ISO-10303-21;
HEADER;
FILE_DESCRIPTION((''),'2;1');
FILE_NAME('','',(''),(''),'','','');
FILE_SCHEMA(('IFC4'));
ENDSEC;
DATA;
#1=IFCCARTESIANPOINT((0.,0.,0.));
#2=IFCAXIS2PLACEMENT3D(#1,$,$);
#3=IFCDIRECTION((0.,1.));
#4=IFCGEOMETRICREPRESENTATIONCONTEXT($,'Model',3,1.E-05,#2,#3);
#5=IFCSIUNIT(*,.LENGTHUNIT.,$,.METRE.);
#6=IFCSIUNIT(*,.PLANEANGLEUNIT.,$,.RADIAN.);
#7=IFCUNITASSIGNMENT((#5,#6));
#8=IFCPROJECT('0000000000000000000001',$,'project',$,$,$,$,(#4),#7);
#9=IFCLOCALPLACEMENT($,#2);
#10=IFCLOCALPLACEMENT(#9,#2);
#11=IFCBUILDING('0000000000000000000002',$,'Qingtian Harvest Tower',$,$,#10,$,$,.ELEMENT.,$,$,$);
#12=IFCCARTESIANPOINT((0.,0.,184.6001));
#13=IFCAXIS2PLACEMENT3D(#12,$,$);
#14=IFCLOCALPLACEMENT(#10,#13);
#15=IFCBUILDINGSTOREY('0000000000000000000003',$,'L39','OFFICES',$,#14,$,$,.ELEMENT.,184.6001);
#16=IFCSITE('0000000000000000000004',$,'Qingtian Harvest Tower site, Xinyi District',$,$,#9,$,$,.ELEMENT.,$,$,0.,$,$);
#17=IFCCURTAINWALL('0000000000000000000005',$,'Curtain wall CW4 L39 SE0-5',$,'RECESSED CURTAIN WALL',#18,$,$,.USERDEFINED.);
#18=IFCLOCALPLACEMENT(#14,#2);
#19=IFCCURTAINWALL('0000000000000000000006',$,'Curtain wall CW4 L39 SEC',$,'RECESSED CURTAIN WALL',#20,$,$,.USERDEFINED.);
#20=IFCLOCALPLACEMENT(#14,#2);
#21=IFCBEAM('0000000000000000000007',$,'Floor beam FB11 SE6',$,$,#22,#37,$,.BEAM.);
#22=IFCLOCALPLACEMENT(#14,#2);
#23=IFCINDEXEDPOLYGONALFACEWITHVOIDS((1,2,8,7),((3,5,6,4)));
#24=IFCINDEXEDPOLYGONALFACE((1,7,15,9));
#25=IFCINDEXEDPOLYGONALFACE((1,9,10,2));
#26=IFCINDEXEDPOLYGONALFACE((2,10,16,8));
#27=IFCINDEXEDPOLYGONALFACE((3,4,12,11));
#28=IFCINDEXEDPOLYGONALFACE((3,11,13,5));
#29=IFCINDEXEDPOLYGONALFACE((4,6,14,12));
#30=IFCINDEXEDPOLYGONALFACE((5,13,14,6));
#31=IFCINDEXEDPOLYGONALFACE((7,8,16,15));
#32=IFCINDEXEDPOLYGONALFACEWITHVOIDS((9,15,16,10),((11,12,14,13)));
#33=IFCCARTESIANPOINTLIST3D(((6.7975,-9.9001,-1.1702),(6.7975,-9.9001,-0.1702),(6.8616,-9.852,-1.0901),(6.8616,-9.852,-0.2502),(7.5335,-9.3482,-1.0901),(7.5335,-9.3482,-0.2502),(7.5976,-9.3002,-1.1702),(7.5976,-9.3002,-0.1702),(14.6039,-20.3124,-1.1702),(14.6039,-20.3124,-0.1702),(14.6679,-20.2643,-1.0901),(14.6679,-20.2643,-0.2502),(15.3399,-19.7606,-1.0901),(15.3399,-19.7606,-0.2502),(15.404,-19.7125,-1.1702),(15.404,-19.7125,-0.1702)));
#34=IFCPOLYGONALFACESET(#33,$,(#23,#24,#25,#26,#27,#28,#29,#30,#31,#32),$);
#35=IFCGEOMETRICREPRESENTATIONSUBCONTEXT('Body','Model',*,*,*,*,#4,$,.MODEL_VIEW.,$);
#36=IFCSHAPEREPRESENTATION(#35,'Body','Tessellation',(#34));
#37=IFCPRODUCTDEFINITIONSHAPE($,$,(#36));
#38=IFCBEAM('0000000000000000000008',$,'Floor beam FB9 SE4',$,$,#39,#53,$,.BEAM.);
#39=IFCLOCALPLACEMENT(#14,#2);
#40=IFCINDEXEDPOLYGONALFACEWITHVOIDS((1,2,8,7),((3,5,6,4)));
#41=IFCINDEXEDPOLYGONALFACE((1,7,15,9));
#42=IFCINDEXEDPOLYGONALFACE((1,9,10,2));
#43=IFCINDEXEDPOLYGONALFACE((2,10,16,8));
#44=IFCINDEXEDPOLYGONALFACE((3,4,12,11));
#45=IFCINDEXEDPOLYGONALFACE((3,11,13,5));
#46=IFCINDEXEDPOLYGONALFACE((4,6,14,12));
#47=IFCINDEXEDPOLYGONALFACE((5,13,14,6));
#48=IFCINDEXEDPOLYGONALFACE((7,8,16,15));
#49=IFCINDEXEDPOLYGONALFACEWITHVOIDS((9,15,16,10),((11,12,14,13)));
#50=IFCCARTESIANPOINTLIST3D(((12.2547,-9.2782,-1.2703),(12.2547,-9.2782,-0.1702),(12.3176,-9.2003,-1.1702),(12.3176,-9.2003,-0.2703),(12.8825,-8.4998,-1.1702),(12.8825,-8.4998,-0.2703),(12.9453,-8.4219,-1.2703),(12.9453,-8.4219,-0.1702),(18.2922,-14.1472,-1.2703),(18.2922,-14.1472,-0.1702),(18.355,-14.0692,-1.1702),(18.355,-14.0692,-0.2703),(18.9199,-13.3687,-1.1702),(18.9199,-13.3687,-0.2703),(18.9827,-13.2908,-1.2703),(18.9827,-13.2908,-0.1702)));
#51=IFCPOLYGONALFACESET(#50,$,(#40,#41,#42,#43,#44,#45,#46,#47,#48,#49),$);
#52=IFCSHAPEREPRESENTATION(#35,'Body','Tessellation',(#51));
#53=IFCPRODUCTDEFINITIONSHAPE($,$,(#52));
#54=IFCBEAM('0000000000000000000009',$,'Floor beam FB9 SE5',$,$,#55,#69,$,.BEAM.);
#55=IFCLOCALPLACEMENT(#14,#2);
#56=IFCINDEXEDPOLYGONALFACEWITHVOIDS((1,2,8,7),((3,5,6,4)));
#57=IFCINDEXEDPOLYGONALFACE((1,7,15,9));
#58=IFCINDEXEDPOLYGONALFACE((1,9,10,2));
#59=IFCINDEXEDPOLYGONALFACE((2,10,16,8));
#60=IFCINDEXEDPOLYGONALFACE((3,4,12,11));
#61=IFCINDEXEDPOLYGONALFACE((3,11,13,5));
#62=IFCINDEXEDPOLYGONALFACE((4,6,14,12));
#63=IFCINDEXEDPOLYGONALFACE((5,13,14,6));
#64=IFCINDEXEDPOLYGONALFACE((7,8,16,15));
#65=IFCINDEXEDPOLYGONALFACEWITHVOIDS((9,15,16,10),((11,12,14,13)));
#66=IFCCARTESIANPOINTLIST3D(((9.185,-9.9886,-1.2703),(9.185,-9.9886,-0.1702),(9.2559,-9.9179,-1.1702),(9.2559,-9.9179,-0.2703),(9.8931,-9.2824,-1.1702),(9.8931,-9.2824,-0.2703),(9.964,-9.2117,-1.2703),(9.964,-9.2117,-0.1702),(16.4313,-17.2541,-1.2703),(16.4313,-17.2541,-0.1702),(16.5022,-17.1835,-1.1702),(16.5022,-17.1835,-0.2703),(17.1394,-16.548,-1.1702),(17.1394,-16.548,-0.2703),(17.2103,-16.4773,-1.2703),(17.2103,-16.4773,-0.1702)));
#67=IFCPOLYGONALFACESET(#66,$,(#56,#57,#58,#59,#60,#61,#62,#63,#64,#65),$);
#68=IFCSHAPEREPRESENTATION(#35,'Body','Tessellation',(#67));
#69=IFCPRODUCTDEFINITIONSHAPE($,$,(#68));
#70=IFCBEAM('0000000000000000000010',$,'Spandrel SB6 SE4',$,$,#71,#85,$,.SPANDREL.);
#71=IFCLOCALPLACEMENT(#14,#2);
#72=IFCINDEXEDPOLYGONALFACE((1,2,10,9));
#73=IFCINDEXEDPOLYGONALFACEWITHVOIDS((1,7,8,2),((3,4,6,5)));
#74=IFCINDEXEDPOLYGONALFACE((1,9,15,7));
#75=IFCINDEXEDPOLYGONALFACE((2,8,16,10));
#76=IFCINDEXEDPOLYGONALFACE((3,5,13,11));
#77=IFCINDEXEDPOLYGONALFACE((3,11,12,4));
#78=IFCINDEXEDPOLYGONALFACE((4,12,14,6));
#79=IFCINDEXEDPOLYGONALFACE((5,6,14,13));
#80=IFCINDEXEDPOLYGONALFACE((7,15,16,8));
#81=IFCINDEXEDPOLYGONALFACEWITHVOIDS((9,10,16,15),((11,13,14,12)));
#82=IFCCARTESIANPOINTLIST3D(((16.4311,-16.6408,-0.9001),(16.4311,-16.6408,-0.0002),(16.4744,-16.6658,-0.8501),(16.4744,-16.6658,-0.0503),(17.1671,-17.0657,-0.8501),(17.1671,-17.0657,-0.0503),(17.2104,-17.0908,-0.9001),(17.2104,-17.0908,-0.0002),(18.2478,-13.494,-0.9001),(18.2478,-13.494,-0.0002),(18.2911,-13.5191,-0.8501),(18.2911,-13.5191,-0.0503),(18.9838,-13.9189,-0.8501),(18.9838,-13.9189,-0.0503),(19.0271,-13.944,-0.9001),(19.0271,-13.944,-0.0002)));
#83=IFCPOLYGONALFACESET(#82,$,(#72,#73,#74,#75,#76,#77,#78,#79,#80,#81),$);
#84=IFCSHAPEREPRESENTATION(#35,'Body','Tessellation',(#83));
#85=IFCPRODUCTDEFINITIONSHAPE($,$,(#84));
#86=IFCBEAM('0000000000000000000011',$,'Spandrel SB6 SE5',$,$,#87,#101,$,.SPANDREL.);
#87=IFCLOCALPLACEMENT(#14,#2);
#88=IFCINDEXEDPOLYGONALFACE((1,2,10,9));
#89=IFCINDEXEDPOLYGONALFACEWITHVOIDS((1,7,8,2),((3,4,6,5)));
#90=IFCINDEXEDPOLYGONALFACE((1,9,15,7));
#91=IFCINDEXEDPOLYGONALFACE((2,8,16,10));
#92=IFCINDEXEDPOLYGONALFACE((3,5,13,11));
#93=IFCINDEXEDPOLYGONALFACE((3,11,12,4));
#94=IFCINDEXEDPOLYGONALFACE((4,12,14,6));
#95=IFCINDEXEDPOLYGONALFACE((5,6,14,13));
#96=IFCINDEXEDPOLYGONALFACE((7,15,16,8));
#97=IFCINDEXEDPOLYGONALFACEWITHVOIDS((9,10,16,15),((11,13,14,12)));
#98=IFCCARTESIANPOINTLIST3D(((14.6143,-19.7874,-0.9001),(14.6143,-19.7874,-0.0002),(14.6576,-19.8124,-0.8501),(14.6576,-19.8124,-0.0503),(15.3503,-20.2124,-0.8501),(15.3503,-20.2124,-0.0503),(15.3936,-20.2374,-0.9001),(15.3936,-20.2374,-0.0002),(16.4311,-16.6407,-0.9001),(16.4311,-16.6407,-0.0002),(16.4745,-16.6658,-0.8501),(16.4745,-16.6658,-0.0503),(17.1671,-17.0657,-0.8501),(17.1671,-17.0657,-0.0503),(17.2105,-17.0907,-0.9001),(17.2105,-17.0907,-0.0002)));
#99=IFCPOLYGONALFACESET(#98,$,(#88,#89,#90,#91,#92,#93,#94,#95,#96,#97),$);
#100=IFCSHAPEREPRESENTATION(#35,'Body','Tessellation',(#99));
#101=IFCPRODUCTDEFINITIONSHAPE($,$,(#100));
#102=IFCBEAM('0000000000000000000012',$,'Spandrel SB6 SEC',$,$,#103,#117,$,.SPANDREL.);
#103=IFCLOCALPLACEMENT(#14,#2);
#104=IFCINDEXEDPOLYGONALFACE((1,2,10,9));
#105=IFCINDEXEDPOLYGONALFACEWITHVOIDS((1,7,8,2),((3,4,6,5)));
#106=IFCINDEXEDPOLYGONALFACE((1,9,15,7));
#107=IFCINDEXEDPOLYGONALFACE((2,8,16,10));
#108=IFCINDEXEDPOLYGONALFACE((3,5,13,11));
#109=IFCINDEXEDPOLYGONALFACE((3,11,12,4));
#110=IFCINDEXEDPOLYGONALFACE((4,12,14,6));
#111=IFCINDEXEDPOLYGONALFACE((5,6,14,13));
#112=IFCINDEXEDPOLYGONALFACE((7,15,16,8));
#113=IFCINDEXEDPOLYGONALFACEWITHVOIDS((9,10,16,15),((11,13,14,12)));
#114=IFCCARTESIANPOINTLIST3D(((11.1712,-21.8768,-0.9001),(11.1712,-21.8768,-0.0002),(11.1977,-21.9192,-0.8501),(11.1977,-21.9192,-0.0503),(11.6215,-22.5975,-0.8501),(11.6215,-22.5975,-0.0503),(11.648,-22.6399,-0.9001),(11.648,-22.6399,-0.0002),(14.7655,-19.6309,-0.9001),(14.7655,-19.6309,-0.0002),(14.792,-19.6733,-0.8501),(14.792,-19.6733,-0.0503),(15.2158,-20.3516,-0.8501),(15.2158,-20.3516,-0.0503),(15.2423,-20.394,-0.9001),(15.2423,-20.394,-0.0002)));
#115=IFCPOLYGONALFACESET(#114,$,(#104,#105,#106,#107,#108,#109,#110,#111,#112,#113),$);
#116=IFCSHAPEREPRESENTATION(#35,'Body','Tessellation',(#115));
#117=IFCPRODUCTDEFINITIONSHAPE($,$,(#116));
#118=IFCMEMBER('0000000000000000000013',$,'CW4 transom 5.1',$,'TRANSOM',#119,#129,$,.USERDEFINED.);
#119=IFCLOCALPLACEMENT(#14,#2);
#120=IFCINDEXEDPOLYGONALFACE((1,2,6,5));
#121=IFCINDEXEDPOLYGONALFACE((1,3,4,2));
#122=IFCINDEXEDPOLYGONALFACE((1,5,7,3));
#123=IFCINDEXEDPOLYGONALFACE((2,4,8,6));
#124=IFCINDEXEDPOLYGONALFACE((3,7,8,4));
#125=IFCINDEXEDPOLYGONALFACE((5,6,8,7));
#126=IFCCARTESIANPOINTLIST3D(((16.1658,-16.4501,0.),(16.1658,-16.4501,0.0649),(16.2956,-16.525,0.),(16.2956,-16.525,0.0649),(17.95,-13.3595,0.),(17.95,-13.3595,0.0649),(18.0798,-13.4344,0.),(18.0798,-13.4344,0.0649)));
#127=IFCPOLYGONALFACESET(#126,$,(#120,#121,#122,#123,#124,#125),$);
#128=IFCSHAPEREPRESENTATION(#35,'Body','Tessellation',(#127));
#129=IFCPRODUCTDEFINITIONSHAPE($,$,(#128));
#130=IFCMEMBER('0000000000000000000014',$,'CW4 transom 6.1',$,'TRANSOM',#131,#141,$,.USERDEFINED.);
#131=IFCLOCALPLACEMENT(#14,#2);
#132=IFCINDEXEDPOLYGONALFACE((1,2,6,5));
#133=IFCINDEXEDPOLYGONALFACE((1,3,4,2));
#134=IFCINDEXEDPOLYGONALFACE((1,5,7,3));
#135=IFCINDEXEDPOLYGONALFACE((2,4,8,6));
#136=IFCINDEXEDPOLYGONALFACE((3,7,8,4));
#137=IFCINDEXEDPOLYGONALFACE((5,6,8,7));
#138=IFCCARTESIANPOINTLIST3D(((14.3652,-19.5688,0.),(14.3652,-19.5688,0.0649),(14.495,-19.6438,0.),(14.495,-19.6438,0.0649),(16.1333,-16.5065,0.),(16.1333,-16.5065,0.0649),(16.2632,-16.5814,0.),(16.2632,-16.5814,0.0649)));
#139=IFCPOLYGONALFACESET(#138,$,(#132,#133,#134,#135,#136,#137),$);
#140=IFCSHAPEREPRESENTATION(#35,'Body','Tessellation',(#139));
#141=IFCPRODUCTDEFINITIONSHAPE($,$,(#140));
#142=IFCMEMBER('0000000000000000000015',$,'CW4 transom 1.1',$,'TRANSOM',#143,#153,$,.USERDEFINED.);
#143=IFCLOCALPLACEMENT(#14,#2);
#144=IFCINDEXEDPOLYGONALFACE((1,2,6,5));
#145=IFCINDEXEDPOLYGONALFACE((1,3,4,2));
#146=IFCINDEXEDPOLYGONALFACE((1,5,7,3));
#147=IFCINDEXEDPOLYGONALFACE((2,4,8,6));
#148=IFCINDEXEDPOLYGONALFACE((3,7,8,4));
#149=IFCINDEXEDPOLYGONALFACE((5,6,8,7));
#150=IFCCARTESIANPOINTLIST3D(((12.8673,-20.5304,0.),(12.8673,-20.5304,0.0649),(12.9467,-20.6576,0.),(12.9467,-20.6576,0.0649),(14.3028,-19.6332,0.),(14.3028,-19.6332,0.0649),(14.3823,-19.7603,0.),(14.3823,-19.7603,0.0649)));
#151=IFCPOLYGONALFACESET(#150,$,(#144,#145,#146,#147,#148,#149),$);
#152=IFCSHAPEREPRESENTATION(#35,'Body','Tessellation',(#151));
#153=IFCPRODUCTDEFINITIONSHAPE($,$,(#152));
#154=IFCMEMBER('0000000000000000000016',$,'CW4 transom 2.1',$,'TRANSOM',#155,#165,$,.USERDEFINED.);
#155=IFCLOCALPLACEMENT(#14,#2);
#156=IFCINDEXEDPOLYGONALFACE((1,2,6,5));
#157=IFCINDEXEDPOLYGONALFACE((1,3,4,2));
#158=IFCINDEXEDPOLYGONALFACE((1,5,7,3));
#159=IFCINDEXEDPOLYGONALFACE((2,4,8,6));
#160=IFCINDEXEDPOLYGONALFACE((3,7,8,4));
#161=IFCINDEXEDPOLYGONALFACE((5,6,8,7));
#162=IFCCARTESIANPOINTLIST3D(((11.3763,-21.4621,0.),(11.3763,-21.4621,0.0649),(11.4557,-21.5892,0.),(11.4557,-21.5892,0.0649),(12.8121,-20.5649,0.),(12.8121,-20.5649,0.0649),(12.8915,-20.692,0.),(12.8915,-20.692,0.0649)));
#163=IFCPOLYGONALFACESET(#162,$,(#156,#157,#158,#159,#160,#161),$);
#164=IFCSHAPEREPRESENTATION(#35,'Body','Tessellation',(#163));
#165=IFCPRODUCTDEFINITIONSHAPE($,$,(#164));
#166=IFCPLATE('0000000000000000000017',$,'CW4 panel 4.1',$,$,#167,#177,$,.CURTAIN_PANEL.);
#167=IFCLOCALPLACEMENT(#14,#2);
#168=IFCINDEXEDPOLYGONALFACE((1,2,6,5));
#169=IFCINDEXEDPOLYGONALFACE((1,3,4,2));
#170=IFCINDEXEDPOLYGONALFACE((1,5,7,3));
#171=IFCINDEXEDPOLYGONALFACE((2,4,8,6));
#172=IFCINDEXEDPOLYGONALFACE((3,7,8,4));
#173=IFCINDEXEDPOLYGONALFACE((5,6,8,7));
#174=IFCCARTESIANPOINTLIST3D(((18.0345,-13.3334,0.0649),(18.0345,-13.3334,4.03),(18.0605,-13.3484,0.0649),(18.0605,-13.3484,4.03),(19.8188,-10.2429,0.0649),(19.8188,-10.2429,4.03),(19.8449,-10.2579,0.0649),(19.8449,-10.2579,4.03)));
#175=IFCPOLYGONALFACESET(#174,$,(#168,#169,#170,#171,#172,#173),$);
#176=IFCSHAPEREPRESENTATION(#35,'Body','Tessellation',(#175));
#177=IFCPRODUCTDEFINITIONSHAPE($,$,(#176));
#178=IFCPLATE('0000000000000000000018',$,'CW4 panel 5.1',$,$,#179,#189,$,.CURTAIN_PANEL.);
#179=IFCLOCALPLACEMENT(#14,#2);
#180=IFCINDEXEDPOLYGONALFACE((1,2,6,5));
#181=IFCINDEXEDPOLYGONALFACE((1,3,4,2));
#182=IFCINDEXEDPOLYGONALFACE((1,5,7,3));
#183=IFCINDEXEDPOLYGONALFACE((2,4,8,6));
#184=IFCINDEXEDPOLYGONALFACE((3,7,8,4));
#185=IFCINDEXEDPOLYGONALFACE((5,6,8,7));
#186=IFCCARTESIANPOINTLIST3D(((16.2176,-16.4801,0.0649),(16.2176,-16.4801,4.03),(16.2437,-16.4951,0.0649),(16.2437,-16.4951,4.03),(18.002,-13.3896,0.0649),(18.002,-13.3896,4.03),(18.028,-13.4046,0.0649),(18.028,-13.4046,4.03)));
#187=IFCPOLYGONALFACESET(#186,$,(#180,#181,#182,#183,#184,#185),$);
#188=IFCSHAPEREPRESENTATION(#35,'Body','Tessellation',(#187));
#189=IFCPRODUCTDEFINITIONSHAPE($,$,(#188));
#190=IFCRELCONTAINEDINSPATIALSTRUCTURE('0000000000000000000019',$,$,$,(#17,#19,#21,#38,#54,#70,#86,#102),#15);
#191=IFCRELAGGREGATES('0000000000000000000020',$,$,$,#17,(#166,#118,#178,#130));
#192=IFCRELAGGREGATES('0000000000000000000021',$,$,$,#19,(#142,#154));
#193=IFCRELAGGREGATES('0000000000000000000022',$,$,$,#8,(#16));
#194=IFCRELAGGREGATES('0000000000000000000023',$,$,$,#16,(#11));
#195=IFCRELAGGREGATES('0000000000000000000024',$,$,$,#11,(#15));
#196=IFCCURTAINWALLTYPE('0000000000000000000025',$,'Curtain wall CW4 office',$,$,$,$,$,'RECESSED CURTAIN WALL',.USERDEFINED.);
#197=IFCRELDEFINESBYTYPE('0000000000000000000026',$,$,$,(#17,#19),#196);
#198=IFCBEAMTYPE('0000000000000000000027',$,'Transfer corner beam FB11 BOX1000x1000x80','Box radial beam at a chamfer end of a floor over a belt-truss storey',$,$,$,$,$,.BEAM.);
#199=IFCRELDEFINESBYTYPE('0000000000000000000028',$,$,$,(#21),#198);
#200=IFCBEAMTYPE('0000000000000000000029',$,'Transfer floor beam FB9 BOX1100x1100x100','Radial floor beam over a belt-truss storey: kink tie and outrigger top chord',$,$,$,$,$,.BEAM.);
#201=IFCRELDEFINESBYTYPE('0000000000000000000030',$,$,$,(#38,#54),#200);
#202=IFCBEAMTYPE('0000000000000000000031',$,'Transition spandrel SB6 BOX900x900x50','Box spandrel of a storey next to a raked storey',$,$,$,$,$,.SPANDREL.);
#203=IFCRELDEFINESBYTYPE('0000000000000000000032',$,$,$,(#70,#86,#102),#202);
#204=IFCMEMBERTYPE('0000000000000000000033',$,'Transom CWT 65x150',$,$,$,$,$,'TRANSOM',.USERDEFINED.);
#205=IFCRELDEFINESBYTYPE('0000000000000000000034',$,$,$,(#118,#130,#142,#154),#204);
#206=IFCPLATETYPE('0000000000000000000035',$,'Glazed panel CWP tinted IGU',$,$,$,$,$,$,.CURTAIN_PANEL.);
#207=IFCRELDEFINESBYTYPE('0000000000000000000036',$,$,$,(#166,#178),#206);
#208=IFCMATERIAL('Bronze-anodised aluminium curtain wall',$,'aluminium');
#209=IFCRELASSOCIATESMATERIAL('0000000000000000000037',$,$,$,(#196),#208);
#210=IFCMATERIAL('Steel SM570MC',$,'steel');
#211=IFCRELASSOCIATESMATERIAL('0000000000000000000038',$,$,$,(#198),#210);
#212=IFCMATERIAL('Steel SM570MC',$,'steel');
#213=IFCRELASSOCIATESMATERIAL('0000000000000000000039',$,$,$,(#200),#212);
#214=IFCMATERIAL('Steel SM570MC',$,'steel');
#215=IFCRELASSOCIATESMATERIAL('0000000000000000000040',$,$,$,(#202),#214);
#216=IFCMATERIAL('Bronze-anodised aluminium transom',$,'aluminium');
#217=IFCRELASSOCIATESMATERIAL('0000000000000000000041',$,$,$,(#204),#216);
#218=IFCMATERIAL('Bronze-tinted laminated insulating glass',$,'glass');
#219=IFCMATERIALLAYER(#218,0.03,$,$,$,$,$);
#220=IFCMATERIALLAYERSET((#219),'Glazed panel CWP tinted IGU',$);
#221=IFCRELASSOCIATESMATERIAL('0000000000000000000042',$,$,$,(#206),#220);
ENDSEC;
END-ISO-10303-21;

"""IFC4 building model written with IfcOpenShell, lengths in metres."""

from ifc_helpers import new_model, si_unit, direction, frame, origin, origin_2d, place, context, subcontext, project, spatial, rectangle, hollow_rectangle, extrude, material, layer, layer_set, material_profile, profile_set, type_object, element, aggregate, save


model = new_model("IFC4")

# Units and contexts
model_context = context("Model", 3, precision=1e-05, world=origin(), true_north=direction((0.0, 1.0)))
body_context = subcontext(model_context, "Body", "Model", "MODEL_VIEW")
ifc_project = project(units=[si_unit("LENGTHUNIT", "METRE"), si_unit("PLANEANGLEUNIT", "RADIAN")], contexts=[model_context])

# Site, building, storey
site_placement = place(None, origin())
site = spatial("IfcSite", under=ifc_project, at=site_placement, Name="Qingtian Harvest Tower site, Xinyi District", CompositionType="ELEMENT", RefElevation=0.0)
building_placement = place(site_placement, origin())
building = spatial("IfcBuilding", under=site, at=building_placement, Name="Qingtian Harvest Tower", CompositionType="ELEMENT")
storey_placement = place(building_placement, frame((0.0, 0.0, 184.6001)))
storey = spatial("IfcBuildingStorey", under=building, at=storey_placement, Name="L39", Description="OFFICES", CompositionType="ELEMENT", Elevation=184.6001)

# Curtain walls
ifc_material_1 = material(Name="Bronze-anodised aluminium curtain wall", Category="aluminium")
curtain_wall_type = type_object("IfcCurtainWallType", Name="Curtain wall CW4 office", ElementType="RECESSED CURTAIN WALL", PredefinedType="USERDEFINED", material=ifc_material_1)
curtain_wall_1_placement = place(storey_placement, origin())
curtain_wall_1 = element("IfcCurtainWall", 1, at=curtain_wall_1_placement, inside=storey, type_object=curtain_wall_type, Name="Curtain wall CW4 L39 SE0-5", ObjectType="RECESSED CURTAIN WALL", PredefinedType="USERDEFINED")
curtain_wall_2_placement = place(storey_placement, origin())
curtain_wall_2 = element("IfcCurtainWall", 2, at=curtain_wall_2_placement, inside=storey, type_object=curtain_wall_type, Name="Curtain wall CW4 L39 SEC", ObjectType="RECESSED CURTAIN WALL", PredefinedType="USERDEFINED")

# Beams
ifc_material_2 = material(Name="Steel SM570MC", Category="steel")
ifc_material_profile_1 = material_profile(ifc_material_2, hollow_rectangle(XDim=1.0, YDim=1.0, WallThickness=0.0801, at=origin_2d()), Name="BOX1000x1000x80")
ifc_profile_set_1 = profile_set([ifc_material_profile_1], Name="Steel SM570MC")
beam_type_1 = type_object("IfcBeamType", Name="Transfer corner beam FB11 BOX1000x1000x80", Description="Box radial beam at a chamfer end of a floor over a belt-truss storey", PredefinedType="BEAM", material=ifc_profile_set_1)
beam_1_placement = place(storey_placement, frame((15.0039, -20.0125, -0.6702), z_axis=(-0.599859, 0.800106, 0.0), x_axis=(-0.800106, -0.599859, 0.0)))
element("IfcBeam", 3, at=beam_1_placement, inside=storey, type_object=beam_type_1, Name="Floor beam FB11 SE6", PredefinedType="BEAM", context=body_context, shape_type="SweptSolid", body=[
    extrude(hollow_rectangle(XDim=1.0, YDim=1.0, WallThickness=0.0801, at=origin_2d()), origin(), (0.0, 0.0, 1.0), 13.0137),
])
ifc_material_3 = material(Name="Steel SM570MC", Category="steel")
ifc_material_profile_2 = material_profile(ifc_material_3, hollow_rectangle(XDim=1.1001, YDim=1.1001, WallThickness=0.1001, at=origin_2d()), Name="BOX1100x1100x100")
ifc_profile_set_2 = profile_set([ifc_material_profile_2], Name="Steel SM570MC")
beam_type_2 = type_object("IfcBeamType", Name="Transfer floor beam FB9 BOX1100x1100x100", Description="Radial floor beam over a belt-truss storey: kink tie and outrigger top chord", PredefinedType="BEAM", material=ifc_profile_set_2)
beam_2_placement = place(storey_placement, frame((18.6375, -13.719, -0.7202), z_axis=(-0.778409, 0.627757, 0.0), x_axis=(-0.627757, -0.778409, 0.0)))
element("IfcBeam", 4, at=beam_2_placement, inside=storey, type_object=beam_type_2, Name="Floor beam FB9 SE4", PredefinedType="BEAM", context=body_context, shape_type="SweptSolid", body=[
    extrude(hollow_rectangle(XDim=1.1001, YDim=1.1001, WallThickness=0.1001, at=origin_2d()), origin(), (0.0, 0.0, 1.0), 7.7561),
])
beam_3_placement = place(storey_placement, frame((16.8208, -16.8657, -0.7202), z_axis=(-0.706166, 0.708046, 0.0), x_axis=(-0.708046, -0.706166, 0.0)))
element("IfcBeam", 5, at=beam_3_placement, inside=storey, type_object=beam_type_2, Name="Floor beam FB9 SE5", PredefinedType="BEAM", context=body_context, shape_type="SweptSolid", body=[
    extrude(hollow_rectangle(XDim=1.1001, YDim=1.1001, WallThickness=0.1001, at=origin_2d()), origin(), (0.0, 0.0, 1.0), 10.2615),
])
ifc_material_4 = material(Name="Steel SM570MC", Category="steel")
ifc_material_profile_3 = material_profile(ifc_material_4, hollow_rectangle(XDim=0.8999, YDim=0.8999, WallThickness=0.05, at=origin_2d()), Name="BOX900x900x50")
ifc_profile_set_3 = profile_set([ifc_material_profile_3], Name="Steel SM570MC")
beam_type_3 = type_object("IfcBeamType", Name="Transition spandrel SB6 BOX900x900x50", Description="Box spandrel of a storey next to a raked storey", PredefinedType="SPANDREL", material=ifc_profile_set_3)
for number, where, z_axis, x_axis, name in (
    (6, (18.6375, -13.719, -0.4502), (-0.499976, -0.866039, 0.0), (0.866039, -0.499976, 0.0), "Spandrel SB6 SE4"),
    (7, (16.8208, -16.8657, -0.4502), (-0.500027, -0.86601, 0.0), (0.86601, -0.500027, 0.0), "Spandrel SB6 SE5"),
):
    element("IfcBeam", number, at=place(storey_placement, frame(where, z_axis=z_axis, x_axis=x_axis)), inside=storey, type_object=beam_type_3, Name=name, PredefinedType="SPANDREL", context=body_context, shape_type="SweptSolid", body=[
        extrude(hollow_rectangle(XDim=0.8999, YDim=0.8999, WallThickness=0.05, at=origin_2d()), origin(), (0.0, 0.0, 1.0), 3.6335),
    ])
beam_4_placement = place(storey_placement, frame((15.0039, -20.0125, -0.4502), z_axis=(-0.848057, -0.529906, 0.0), x_axis=(0.529906, -0.848057, 0.0)))
element("IfcBeam", 8, at=beam_4_placement, inside=storey, type_object=beam_type_3, Name="Spandrel SB6 SEC", PredefinedType="SPANDREL", context=body_context, shape_type="SweptSolid", body=[
    extrude(hollow_rectangle(XDim=0.8999, YDim=0.8999, WallThickness=0.05, at=origin_2d()), origin(), (0.0, 0.0, 1.0), 4.2383),
])

# Members
ifc_material_5 = material(Name="Bronze-anodised aluminium transom", Category="aluminium")
ifc_material_profile_4 = material_profile(ifc_material_5, rectangle(XDim=0.1499, YDim=0.0649, at=origin_2d()), Name="AL 65x150")
ifc_profile_set_4 = profile_set([ifc_material_profile_4], Name="Bronze-anodised aluminium transom")
member_type_1 = type_object("IfcMemberType", Name="Transom CWT 65x150", ElementType="TRANSOM", PredefinedType="USERDEFINED", material=ifc_profile_set_4)
member_1_placement = place(storey_placement, frame((18.0149, -13.397, 0.0325), z_axis=(-0.499965, -0.866045, 0.0), x_axis=(0.866045, -0.499965, 0.0)))
member_1 = element("IfcMember", 9, at=member_1_placement, type_object=member_type_1, Name="CW4 transom 5.1", ObjectType="TRANSOM", PredefinedType="USERDEFINED", context=body_context, shape_type="SweptSolid", body=[
    extrude(rectangle(XDim=0.1499, YDim=0.0649, at=origin_2d()), origin(), (0.0, 0.0, 1.0), 3.5686),
])
member_2_placement = place(storey_placement, frame((16.1982, -16.5439, 0.0325), z_axis=(-0.500015, -0.866017, 0.0), x_axis=(0.866017, -0.500015, 0.0)))
member_2 = element("IfcMember", 10, at=member_2_placement, type_object=member_type_1, Name="CW4 transom 6.1", ObjectType="TRANSOM", PredefinedType="USERDEFINED", context=body_context, shape_type="SweptSolid", body=[
    extrude(rectangle(XDim=0.1499, YDim=0.0649, at=origin_2d()), origin(), (0.0, 0.0, 1.0), 3.5361),
])
member_3_placement = place(storey_placement, frame((14.3425, -19.6968, 0.0325), z_axis=(-0.847998, -0.529999, 0.0), x_axis=(0.529999, -0.847998, 0.0)))
member_3 = element("IfcMember", 11, at=member_3_placement, type_object=member_type_1, Name="CW4 transom 1.1", ObjectType="TRANSOM", PredefinedType="USERDEFINED", context=body_context, shape_type="SweptSolid", body=[
    extrude(rectangle(XDim=0.1499, YDim=0.0649, at=origin_2d()), origin(), (0.0, 0.0, 1.0), 1.6929),
])
member_4_placement = place(storey_placement, frame((12.8518, -20.6284, 0.0325), z_axis=(-0.848039, -0.529934, 0.0), x_axis=(0.529934, -0.848039, 0.0)))
member_4 = element("IfcMember", 12, at=member_4_placement, type_object=member_type_1, Name="CW4 transom 2.1", ObjectType="TRANSOM", PredefinedType="USERDEFINED", context=body_context, shape_type="SweptSolid", body=[
    extrude(rectangle(XDim=0.1499, YDim=0.0649, at=origin_2d()), origin(), (0.0, 0.0, 1.0), 1.6931),
])

# Plates
ifc_material_6 = material(Name="Bronze-tinted laminated insulating glass", Category="glass")
ifc_layer_1 = layer(ifc_material_6, 0.03)
ifc_layer_set_1 = layer_set([ifc_layer_1], Name="Glazed panel CWP tinted IGU")
plate_type = type_object("IfcPlateType", Name="Glazed panel CWP tinted IGU", PredefinedType="CURTAIN_PANEL", material=ifc_layer_set_1)
plate_1_placement = place(storey_placement, frame((18.9397, -11.7957, 0.0649), z_axis=(0.0, 0.0, 1.0), x_axis=(-0.5, -0.866025, 0.0)))
plate_1 = element("IfcPlate", 13, at=plate_1_placement, type_object=plate_type, Name="CW4 panel 4.1", PredefinedType="CURTAIN_PANEL", context=body_context, shape_type="SweptSolid", body=[
    extrude(rectangle(XDim=3.5686, YDim=0.03, at=origin_2d()), origin(), (0.0, 0.0, 1.0), 3.9651),
])
plate_2_placement = place(storey_placement, frame((17.1228, -14.9424, 0.0649), z_axis=(0.0, 0.0, 1.0), x_axis=(-0.5, -0.866025, 0.0)))
plate_2 = element("IfcPlate", 14, at=plate_2_placement, type_object=plate_type, Name="CW4 panel 5.1", PredefinedType="CURTAIN_PANEL", context=body_context, shape_type="SweptSolid", body=[
    extrude(rectangle(XDim=3.5686, YDim=0.03, at=origin_2d()), origin(), (0.0, 0.0, 1.0), 3.9651),
])
aggregate(curtain_wall_1, [plate_1, member_1, plate_2, member_2])
aggregate(curtain_wall_2, [member_3, member_4])

save(model, "model.ifc")
